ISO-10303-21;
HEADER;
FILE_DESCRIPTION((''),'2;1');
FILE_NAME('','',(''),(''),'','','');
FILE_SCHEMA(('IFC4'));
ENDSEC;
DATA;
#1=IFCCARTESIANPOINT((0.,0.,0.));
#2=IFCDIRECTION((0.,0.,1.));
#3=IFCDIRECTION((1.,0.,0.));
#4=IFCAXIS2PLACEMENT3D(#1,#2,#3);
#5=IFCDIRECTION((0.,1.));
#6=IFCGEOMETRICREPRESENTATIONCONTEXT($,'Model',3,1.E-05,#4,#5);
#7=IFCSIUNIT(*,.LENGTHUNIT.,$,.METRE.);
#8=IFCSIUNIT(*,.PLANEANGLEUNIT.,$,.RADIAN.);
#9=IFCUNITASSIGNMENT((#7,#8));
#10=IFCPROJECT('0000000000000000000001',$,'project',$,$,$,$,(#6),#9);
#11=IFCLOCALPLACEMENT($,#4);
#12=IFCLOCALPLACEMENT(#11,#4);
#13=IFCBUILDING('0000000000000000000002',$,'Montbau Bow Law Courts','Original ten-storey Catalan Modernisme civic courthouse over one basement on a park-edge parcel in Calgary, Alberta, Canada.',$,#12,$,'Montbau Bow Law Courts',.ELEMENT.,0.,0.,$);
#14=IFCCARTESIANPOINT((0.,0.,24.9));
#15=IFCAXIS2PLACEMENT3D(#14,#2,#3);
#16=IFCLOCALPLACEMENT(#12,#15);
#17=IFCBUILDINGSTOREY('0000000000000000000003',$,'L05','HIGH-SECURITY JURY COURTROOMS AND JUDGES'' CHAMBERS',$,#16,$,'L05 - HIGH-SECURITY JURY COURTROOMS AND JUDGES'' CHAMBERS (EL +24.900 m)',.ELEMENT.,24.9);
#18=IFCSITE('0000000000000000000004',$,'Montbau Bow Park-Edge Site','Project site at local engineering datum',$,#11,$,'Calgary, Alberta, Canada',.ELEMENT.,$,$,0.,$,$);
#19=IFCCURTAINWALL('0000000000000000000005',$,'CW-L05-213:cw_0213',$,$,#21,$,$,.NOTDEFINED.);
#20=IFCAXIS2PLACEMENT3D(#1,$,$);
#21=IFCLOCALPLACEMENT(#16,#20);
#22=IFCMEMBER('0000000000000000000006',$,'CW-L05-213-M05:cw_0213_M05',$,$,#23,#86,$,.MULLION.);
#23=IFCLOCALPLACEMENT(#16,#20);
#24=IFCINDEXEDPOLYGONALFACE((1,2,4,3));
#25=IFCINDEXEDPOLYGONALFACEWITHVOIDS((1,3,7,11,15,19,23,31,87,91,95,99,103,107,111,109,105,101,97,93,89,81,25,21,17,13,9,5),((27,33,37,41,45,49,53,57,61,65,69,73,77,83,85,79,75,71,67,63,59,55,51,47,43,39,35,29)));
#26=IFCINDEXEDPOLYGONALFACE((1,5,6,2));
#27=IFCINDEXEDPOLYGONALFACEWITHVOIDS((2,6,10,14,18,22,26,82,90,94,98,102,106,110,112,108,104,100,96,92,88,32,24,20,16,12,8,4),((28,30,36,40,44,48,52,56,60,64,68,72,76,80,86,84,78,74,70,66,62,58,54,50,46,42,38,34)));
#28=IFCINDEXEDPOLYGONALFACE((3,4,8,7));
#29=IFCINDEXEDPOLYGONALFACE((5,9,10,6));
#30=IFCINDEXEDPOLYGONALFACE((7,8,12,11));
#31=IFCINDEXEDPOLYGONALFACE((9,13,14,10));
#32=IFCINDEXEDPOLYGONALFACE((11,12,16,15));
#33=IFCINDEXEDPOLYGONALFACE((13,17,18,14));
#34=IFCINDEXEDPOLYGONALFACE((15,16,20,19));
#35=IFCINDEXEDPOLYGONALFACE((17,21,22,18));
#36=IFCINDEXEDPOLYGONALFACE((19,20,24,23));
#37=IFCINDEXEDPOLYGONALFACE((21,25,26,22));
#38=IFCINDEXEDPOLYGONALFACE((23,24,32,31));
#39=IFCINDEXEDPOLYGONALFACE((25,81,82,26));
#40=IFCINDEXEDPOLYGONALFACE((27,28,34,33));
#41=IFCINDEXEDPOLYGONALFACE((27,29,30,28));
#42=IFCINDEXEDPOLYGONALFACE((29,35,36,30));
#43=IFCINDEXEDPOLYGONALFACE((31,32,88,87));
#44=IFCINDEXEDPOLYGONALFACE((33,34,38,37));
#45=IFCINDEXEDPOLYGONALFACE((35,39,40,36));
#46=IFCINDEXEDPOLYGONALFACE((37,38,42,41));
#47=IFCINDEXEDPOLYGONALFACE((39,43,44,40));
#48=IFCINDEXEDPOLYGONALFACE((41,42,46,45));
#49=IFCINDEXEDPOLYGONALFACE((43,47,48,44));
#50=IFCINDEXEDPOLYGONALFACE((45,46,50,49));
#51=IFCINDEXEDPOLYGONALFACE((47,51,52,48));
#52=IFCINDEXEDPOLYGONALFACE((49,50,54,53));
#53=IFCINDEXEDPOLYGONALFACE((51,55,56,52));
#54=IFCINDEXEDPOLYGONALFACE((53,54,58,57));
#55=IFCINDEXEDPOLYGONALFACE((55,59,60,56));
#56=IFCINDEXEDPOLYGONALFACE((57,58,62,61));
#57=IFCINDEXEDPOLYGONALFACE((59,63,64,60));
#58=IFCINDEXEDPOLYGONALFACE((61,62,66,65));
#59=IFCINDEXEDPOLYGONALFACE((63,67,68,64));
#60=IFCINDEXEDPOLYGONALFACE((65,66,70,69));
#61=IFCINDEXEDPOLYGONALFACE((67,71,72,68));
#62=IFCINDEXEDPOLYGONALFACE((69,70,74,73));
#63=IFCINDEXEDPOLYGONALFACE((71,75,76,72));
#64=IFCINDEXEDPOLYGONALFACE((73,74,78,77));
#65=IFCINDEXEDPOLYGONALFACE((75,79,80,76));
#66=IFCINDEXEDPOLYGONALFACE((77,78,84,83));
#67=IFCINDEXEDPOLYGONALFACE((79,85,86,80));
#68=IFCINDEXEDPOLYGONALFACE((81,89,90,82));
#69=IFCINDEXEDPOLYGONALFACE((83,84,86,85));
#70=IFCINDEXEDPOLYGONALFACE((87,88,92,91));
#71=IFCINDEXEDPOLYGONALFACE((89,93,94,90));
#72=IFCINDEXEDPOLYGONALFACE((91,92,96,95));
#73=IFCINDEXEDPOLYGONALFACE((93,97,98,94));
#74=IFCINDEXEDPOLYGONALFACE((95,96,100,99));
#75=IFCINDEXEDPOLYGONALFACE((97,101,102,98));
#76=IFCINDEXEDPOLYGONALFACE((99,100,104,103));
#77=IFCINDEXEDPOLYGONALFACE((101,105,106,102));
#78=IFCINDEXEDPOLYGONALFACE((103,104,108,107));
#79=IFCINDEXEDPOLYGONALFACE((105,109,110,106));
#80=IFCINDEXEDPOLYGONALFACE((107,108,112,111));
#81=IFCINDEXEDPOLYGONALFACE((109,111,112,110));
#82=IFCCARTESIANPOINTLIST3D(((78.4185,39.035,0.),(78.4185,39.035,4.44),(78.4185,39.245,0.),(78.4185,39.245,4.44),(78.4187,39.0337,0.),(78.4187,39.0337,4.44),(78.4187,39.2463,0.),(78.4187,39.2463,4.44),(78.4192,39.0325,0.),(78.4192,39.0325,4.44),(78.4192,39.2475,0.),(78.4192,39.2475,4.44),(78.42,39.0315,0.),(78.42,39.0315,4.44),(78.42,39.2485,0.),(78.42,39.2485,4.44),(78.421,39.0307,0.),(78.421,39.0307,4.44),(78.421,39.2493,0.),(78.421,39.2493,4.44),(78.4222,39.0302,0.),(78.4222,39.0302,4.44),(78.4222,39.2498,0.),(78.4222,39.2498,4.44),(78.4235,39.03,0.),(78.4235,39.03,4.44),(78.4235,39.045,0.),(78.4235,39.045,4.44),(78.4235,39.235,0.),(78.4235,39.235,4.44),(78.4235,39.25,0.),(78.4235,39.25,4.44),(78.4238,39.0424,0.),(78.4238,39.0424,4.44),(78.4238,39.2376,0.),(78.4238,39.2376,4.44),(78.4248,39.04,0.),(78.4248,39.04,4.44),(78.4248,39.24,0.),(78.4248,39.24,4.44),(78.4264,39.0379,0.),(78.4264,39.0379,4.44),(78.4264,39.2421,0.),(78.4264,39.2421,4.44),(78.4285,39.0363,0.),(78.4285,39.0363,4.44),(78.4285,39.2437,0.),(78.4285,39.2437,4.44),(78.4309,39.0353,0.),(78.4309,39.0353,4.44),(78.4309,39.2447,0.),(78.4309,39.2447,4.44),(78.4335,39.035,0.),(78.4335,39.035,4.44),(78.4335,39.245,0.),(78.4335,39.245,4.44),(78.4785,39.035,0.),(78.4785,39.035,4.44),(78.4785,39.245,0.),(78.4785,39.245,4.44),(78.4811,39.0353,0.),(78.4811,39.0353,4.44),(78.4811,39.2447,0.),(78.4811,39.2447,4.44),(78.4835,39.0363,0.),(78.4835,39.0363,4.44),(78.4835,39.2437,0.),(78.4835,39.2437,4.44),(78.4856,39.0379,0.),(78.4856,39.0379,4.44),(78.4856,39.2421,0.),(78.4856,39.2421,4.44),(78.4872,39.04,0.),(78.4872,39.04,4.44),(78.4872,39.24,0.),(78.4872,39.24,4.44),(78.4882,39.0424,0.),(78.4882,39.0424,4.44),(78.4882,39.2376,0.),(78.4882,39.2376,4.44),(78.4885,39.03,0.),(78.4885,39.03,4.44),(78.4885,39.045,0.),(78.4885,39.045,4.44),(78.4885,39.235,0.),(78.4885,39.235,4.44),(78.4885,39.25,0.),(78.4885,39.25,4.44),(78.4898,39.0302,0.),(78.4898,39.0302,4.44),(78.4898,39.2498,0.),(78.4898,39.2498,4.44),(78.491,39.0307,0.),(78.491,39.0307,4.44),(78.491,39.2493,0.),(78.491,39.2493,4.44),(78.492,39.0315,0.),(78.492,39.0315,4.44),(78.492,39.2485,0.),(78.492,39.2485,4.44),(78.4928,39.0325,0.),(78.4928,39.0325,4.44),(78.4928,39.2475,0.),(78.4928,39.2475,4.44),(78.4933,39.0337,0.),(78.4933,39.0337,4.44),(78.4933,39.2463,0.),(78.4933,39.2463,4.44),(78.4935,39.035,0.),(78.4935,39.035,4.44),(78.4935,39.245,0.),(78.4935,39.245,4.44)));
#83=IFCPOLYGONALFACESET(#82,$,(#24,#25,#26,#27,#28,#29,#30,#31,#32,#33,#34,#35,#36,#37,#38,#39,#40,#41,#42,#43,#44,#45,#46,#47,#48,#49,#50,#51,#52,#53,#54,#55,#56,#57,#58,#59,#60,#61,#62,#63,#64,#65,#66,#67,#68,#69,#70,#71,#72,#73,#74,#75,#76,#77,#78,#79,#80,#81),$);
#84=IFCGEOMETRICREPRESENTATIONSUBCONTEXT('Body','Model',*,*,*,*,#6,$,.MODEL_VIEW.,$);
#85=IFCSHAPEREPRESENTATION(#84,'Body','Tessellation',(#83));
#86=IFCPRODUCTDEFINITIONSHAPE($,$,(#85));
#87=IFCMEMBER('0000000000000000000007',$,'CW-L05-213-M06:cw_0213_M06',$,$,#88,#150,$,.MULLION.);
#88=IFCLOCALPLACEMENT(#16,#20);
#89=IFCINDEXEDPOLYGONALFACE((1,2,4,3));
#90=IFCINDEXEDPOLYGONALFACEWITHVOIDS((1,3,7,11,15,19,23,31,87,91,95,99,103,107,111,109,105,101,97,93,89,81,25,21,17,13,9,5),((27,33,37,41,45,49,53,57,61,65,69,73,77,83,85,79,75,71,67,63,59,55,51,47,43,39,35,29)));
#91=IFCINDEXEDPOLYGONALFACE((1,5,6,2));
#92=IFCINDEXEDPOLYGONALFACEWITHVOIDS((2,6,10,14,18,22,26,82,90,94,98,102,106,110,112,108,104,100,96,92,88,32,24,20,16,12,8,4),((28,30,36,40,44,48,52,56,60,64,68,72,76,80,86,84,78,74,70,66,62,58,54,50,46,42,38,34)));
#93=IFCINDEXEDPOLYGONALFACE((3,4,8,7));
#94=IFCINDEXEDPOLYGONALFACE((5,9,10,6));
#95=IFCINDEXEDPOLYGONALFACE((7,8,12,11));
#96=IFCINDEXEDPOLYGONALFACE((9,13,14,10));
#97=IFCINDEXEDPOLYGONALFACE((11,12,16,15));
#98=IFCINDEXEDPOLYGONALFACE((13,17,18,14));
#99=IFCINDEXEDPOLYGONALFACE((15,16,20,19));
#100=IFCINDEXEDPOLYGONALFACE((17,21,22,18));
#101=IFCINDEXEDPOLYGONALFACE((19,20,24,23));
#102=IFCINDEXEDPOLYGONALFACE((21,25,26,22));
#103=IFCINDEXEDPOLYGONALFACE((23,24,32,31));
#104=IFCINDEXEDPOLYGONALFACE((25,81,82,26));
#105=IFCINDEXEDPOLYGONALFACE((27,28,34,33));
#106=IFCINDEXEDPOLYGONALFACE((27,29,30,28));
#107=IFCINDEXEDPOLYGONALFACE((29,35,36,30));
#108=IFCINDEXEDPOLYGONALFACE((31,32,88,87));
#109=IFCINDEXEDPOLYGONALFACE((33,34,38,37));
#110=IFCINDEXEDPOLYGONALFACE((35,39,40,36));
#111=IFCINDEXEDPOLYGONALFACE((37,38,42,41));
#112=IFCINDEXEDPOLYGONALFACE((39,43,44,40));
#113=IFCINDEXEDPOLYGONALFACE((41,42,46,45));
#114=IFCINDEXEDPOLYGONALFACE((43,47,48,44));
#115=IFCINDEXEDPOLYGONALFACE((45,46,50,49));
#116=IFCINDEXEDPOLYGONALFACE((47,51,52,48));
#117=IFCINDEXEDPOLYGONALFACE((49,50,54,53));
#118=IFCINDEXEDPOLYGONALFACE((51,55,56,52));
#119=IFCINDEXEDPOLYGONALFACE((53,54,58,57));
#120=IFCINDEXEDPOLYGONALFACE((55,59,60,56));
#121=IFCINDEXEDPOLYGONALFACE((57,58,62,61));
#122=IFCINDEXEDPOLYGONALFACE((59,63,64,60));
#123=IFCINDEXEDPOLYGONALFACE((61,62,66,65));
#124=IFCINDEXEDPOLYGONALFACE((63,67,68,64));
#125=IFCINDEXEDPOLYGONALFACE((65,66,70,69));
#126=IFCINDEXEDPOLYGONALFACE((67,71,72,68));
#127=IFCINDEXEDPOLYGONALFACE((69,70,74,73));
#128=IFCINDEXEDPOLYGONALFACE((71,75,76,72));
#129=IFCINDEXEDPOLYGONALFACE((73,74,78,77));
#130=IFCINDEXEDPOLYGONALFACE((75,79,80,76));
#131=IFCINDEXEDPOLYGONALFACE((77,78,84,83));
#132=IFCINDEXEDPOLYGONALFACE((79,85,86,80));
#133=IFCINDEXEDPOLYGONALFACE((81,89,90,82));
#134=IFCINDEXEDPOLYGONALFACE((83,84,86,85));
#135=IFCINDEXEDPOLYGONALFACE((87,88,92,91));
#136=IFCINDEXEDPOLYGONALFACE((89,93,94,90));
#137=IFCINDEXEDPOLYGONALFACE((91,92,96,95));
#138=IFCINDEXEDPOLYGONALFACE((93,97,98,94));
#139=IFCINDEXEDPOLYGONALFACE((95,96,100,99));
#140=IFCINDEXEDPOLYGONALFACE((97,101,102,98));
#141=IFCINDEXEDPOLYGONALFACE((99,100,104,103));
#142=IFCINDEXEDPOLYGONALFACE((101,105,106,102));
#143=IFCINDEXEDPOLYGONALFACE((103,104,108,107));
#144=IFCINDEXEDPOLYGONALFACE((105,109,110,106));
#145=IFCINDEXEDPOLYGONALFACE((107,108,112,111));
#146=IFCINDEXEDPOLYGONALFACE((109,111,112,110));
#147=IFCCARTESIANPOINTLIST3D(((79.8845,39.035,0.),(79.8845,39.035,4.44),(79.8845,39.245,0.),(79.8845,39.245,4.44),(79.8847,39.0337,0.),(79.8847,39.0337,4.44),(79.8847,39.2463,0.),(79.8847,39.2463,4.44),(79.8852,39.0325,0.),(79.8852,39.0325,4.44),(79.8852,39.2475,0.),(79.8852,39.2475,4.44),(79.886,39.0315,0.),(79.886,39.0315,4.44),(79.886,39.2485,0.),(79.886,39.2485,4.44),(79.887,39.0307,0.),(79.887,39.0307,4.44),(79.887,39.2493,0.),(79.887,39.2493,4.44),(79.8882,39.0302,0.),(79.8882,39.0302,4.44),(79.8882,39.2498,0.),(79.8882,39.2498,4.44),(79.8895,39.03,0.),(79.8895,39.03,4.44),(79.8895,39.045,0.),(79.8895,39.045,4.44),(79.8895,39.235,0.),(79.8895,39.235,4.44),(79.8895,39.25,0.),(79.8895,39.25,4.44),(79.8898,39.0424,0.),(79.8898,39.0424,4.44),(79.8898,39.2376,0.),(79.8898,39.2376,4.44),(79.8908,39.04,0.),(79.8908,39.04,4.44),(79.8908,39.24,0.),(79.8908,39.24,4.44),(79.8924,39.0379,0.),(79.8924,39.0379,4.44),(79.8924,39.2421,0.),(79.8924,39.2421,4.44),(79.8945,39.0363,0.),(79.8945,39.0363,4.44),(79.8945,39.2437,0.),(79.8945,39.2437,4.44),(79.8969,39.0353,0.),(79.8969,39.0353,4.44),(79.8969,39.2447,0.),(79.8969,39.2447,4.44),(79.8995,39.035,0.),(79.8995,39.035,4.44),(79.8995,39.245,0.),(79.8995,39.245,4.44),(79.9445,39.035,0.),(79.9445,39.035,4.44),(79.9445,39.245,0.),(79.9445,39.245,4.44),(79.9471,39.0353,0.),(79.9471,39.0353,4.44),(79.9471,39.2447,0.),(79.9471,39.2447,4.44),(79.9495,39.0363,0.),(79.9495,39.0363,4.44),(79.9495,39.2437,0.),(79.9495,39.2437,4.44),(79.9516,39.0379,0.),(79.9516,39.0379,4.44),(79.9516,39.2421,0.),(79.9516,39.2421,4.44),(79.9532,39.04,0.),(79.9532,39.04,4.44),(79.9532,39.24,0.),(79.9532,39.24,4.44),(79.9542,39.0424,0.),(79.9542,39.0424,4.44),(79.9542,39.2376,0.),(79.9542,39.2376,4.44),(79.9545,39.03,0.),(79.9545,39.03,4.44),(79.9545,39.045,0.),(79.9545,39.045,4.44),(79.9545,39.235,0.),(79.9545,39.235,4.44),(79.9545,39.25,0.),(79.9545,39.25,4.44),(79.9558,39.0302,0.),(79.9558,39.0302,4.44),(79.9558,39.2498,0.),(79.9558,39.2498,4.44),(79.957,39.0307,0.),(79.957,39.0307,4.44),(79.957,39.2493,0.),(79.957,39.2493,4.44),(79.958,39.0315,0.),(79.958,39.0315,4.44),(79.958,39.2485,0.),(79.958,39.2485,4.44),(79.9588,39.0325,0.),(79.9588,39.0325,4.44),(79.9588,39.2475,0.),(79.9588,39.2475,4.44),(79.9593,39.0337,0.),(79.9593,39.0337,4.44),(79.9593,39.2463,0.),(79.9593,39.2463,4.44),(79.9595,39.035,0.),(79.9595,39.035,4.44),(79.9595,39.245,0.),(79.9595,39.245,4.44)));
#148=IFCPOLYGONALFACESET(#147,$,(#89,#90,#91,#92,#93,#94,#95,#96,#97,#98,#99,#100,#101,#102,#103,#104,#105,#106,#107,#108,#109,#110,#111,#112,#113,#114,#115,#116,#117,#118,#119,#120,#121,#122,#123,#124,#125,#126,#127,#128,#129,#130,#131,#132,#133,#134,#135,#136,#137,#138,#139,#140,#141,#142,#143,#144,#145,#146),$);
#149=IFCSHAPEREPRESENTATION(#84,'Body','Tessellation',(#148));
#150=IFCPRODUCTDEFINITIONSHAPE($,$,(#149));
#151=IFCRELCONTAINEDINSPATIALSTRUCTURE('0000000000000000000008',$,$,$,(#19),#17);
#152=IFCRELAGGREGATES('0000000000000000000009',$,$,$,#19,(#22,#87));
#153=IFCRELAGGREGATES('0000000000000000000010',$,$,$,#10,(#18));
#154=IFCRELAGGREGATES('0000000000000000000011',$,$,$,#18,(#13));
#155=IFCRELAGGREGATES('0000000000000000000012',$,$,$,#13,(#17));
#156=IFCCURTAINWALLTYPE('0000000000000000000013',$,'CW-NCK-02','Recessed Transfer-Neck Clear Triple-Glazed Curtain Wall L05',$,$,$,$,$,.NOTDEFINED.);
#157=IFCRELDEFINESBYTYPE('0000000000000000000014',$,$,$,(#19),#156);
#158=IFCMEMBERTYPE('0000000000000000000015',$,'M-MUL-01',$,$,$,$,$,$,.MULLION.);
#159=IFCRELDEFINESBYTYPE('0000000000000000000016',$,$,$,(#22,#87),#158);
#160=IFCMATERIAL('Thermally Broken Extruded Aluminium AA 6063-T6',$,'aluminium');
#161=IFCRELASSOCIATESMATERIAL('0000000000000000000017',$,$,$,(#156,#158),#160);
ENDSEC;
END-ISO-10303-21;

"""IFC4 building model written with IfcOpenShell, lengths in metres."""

from ifc_helpers import new_model, si_unit, direction, frame, origin_with_axes, origin_2d_with_axis, place, context, subcontext, project, spatial, hollow_rectangle, extrude, material, material_profile, profile_set, type_object, element, aggregate, save


model = new_model("IFC4")

# Units and contexts
model_context = context("Model", 3, precision=1e-05, world=origin_with_axes(), true_north=direction((0.0, 1.0)))
body_context = subcontext(model_context, "Body", "Model", "MODEL_VIEW")
ifc_project = project(units=[si_unit("LENGTHUNIT", "METRE"), si_unit("PLANEANGLEUNIT", "RADIAN")], contexts=[model_context])

# Site, building, storey
site_placement = place(None, origin_with_axes())
site = spatial("IfcSite", under=ifc_project, at=site_placement, Name="Montbau Bow Park-Edge Site", Description="Project site at local engineering datum", LongName="Calgary, Alberta, Canada", CompositionType="ELEMENT", RefElevation=0.0)
building_placement = place(site_placement, origin_with_axes())
building = spatial("IfcBuilding", under=site, at=building_placement, Name="Montbau Bow Law Courts", Description="Original ten-storey Catalan Modernisme civic courthouse over one basement on a park-edge parcel in Calgary, Alberta, Canada.", LongName="Montbau Bow Law Courts", CompositionType="ELEMENT", ElevationOfRefHeight=0.0, ElevationOfTerrain=0.0)
storey_placement = place(building_placement, frame((0.0, 0.0, 24.9), z_axis=(0.0, 0.0, 1.0), x_axis=(1.0, 0.0, 0.0)))
storey = spatial("IfcBuildingStorey", under=building, at=storey_placement, Name="L05", Description="HIGH-SECURITY JURY COURTROOMS AND JUDGES' CHAMBERS", LongName="L05 - HIGH-SECURITY JURY COURTROOMS AND JUDGES' CHAMBERS (EL +24.900 m)", CompositionType="ELEMENT", Elevation=24.9)

# Curtain wall, members
ifc_material_1 = material(Name="Thermally Broken Extruded Aluminium AA 6063-T6", Category="aluminium")
curtain_wall_type = type_object("IfcCurtainWallType", Name="CW-NCK-02", Description="Recessed Transfer-Neck Clear Triple-Glazed Curtain Wall L05", PredefinedType="NOTDEFINED", material=ifc_material_1)
curtain_wall_1_placement = place(None, frame((72.44, 39.14, 24.9), z_axis=(0.0, 0.0, 1.0), x_axis=(1.0, 0.0, 0.0)))
curtain_wall_1 = element("IfcCurtainWall", 1, at=curtain_wall_1_placement, inside=storey, type_object=curtain_wall_type, Name="CW-L05-213:cw_0213", PredefinedType="NOTDEFINED")
ifc_material_profile_1 = material_profile(ifc_material_1, hollow_rectangle(XDim=0.075, YDim=0.22, WallThickness=0.005, InnerFilletRadius=0.01, OuterFilletRadius=0.005, at=origin_2d_with_axis()), Name="CWM-220X75", Category="Main", Priority=0)
ifc_profile_set_1 = profile_set([ifc_material_profile_1], Name="Thermally Broken Extruded Aluminium AA 6063-T6")
member_type_1 = type_object("IfcMemberType", Name="M-MUL-01", PredefinedType="MULLION", material=ifc_profile_set_1)
member_1_placement = place(None, frame((78.456, 39.14, 24.9), z_axis=(0.0, 0.0, 1.0), x_axis=(1.0, 0.0, 0.0)))
member_1 = element("IfcMember", 2, at=member_1_placement, type_object=member_type_1, Name="CW-L05-213-M05:cw_0213_M05", PredefinedType="MULLION", context=body_context, shape_type="SweptSolid", body=[
    extrude(hollow_rectangle(XDim=0.075, YDim=0.22, WallThickness=0.005, InnerFilletRadius=0.01, OuterFilletRadius=0.005, at=origin_2d_with_axis()), origin_with_axes(), (0.0, 0.0, 1.0), 4.44),
])
member_2_placement = place(None, frame((79.922, 39.14, 24.9), z_axis=(0.0, 0.0, 1.0), x_axis=(1.0, 0.0, 0.0)))
member_2 = element("IfcMember", 3, at=member_2_placement, type_object=member_type_1, Name="CW-L05-213-M06:cw_0213_M06", PredefinedType="MULLION", context=body_context, shape_type="SweptSolid", body=[
    extrude(hollow_rectangle(XDim=0.075, YDim=0.22, WallThickness=0.005, InnerFilletRadius=0.01, OuterFilletRadius=0.005, at=origin_2d_with_axis()), origin_with_axes(), (0.0, 0.0, 1.0), 4.44),
])

aggregate(curtain_wall_1, [member_1, member_2])

save(model, "model.ifc")
